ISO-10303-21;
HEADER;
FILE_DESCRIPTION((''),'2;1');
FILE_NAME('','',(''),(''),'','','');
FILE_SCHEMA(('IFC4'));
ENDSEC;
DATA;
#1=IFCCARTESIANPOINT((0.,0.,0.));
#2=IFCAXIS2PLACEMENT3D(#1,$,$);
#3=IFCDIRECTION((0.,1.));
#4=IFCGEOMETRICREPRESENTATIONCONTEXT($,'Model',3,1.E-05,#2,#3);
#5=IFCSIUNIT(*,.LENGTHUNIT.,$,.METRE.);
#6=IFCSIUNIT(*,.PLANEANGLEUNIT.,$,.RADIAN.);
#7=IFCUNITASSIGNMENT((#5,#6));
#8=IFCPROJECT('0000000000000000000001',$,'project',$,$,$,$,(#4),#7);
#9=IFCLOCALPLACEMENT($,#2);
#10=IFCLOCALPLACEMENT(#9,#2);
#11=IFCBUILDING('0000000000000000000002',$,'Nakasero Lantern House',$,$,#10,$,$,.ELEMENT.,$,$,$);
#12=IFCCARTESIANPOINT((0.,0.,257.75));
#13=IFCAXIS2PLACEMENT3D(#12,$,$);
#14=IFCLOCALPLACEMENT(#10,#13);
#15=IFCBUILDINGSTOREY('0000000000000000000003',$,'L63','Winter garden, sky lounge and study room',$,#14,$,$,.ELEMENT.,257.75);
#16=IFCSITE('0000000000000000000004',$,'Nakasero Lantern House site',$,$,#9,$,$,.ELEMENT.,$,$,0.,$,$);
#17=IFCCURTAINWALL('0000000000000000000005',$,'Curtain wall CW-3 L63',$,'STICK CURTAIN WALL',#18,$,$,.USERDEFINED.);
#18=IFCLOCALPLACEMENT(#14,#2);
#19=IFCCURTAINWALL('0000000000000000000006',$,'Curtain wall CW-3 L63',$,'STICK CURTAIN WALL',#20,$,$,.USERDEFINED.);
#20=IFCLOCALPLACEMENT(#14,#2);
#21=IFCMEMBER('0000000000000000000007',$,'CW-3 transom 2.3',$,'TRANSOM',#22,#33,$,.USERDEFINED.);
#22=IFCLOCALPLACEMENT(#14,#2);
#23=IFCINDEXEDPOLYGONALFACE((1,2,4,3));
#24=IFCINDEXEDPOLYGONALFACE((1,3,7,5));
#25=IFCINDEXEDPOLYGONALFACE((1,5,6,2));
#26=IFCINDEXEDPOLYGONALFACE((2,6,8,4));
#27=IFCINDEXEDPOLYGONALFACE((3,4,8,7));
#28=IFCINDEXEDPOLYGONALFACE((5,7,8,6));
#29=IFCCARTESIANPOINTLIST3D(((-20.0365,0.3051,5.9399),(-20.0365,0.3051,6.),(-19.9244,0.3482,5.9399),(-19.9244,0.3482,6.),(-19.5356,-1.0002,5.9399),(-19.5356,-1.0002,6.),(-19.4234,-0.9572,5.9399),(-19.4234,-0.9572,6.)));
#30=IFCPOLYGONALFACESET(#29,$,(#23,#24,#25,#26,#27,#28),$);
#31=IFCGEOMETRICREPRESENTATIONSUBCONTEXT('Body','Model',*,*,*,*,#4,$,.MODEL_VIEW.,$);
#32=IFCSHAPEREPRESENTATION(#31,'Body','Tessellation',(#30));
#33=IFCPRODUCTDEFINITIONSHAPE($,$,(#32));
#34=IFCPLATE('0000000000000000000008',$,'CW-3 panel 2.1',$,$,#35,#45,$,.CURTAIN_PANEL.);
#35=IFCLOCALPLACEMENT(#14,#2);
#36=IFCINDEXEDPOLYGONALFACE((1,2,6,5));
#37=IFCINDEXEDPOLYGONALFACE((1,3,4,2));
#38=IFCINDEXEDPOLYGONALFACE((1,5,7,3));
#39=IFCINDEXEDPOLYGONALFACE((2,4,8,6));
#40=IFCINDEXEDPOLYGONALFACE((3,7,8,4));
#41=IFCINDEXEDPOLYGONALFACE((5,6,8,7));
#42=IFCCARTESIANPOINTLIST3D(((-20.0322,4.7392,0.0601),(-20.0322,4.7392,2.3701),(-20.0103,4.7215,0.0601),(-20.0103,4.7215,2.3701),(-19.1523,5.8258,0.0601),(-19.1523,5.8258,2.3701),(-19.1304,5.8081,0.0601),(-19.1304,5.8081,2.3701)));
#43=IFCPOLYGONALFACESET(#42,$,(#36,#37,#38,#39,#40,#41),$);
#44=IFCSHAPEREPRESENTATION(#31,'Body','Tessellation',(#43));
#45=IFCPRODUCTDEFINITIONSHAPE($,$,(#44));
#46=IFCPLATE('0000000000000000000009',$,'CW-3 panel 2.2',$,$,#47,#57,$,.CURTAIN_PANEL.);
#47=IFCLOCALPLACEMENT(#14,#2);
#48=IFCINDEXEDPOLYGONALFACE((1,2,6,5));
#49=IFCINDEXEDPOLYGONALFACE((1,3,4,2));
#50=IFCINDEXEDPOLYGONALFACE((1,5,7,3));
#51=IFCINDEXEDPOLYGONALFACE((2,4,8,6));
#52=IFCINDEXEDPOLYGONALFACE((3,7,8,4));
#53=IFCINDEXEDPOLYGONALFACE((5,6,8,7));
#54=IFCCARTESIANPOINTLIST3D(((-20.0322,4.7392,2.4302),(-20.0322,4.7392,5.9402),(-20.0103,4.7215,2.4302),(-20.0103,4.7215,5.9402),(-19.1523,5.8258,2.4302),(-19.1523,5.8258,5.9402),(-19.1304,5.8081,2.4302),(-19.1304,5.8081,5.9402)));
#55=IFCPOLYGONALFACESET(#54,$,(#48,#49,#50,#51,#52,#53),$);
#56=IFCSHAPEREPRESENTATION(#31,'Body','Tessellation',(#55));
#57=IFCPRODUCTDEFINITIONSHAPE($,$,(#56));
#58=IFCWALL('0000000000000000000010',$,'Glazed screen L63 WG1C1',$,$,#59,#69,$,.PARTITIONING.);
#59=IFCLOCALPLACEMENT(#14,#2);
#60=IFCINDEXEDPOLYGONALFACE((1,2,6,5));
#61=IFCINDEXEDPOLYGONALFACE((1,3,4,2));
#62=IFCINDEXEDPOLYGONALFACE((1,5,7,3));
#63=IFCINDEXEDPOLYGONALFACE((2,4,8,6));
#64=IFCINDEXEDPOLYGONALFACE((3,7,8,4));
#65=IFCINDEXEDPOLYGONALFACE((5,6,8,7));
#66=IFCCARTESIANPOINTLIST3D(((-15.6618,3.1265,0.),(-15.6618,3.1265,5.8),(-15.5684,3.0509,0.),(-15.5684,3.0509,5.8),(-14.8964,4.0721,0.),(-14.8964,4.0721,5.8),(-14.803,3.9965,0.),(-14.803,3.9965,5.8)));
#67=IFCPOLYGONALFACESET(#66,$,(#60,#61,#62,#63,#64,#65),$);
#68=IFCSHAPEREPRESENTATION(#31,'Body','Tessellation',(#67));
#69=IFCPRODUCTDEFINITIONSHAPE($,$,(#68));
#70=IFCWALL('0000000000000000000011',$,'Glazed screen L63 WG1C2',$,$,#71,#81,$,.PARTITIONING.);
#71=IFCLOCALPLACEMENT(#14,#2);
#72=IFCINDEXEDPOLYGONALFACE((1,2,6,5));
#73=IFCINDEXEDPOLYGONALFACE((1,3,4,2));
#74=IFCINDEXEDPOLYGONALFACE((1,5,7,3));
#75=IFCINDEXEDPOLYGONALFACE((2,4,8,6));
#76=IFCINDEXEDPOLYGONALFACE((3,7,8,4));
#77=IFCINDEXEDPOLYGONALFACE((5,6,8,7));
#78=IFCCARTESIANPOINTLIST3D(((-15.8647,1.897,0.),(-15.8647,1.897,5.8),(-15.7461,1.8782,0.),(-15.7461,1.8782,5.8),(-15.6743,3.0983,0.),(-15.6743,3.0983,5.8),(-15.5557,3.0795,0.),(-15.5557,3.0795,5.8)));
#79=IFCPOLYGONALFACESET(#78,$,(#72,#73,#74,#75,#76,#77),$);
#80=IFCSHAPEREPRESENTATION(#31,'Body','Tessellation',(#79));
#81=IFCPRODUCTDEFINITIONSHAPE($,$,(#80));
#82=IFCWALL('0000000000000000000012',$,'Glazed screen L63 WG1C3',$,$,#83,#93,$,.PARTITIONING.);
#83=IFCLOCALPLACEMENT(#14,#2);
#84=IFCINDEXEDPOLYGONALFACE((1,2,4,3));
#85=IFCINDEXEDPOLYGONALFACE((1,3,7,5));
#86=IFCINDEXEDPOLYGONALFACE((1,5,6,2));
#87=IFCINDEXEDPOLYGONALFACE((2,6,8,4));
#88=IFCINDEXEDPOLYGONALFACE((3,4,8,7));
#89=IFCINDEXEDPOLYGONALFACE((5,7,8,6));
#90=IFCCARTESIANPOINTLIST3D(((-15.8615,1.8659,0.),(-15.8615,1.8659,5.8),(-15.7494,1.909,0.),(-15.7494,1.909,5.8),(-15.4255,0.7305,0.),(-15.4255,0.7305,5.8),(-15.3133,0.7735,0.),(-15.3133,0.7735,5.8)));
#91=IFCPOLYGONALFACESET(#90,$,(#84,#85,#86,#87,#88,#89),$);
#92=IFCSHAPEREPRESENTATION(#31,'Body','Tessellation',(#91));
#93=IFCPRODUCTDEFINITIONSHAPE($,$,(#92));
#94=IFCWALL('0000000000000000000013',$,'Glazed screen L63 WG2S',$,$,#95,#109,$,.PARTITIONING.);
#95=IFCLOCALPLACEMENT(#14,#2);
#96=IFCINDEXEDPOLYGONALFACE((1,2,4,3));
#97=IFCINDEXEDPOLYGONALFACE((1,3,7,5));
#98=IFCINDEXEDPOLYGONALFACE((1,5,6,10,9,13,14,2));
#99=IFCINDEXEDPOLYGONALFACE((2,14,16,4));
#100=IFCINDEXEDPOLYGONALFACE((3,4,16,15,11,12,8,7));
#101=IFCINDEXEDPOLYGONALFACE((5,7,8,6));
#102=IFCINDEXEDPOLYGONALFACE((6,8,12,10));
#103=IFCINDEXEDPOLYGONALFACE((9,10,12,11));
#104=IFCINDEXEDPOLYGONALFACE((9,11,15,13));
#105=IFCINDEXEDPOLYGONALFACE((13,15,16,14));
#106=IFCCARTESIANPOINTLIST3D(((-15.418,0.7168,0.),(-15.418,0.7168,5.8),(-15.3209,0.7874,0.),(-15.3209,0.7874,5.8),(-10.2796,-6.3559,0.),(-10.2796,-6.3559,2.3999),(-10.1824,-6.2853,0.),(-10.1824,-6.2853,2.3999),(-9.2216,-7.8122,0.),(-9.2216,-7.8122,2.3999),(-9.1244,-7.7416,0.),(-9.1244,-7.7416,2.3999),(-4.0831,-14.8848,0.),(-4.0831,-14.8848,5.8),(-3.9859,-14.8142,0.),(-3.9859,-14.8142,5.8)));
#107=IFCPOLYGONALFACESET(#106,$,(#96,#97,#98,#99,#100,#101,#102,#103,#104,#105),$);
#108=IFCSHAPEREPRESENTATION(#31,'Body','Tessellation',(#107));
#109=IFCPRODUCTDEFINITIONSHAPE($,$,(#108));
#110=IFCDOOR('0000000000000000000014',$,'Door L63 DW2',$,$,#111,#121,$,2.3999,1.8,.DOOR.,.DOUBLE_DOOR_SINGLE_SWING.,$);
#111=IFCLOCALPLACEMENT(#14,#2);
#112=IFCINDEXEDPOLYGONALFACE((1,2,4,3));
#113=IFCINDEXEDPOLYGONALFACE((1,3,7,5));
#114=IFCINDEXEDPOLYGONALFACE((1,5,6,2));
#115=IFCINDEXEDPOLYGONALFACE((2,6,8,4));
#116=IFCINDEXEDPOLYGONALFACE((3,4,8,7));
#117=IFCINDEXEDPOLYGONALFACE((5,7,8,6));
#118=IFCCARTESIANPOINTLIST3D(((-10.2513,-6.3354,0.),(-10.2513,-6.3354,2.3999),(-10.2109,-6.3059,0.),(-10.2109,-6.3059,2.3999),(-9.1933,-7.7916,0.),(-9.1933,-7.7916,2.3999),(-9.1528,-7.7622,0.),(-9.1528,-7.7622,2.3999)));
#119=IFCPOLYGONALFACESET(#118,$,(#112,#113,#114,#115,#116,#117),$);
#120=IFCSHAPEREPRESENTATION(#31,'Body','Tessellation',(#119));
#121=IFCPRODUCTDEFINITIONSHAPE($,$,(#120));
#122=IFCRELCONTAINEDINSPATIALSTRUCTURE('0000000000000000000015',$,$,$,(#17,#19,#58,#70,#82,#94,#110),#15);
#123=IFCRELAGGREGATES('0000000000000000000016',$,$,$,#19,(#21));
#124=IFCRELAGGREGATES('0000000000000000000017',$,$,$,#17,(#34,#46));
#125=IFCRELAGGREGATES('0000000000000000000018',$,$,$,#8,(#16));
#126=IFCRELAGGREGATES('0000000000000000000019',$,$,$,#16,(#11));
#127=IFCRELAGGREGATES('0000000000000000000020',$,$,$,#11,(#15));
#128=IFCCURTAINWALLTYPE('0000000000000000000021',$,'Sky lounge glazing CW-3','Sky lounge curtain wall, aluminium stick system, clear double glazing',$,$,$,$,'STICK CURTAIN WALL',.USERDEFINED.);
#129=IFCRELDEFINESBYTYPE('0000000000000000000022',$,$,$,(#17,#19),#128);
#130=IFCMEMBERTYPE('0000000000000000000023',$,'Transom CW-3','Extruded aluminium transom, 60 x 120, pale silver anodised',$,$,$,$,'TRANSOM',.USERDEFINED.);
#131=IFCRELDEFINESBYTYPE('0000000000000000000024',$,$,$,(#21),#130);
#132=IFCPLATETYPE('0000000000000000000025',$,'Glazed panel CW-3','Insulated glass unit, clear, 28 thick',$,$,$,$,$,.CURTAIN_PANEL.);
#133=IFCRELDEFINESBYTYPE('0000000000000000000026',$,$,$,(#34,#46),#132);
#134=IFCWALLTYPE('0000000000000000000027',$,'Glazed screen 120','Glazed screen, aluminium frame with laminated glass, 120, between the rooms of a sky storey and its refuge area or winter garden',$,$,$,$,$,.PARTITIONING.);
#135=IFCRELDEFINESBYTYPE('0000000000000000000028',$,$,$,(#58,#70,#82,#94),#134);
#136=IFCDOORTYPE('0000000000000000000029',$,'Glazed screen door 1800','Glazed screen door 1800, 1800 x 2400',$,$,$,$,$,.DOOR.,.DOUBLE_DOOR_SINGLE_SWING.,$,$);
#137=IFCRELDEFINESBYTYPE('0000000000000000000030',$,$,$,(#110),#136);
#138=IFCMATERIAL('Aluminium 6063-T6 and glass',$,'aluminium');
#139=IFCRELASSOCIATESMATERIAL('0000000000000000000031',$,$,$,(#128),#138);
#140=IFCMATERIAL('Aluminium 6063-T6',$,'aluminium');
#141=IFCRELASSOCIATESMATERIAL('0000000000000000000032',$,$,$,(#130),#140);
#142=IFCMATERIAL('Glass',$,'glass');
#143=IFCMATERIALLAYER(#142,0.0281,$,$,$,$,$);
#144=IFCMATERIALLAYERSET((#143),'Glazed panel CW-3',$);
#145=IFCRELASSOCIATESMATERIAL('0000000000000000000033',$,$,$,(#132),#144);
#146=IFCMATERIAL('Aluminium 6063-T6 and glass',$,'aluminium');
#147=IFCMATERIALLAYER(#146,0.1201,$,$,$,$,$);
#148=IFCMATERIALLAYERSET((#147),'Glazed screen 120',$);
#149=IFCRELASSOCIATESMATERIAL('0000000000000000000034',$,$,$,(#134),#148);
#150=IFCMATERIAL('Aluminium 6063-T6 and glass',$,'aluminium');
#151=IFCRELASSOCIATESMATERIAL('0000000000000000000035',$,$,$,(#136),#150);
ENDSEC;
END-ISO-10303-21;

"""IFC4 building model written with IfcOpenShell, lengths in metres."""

from ifc_helpers import new_model, si_unit, direction, frame, frame_2d, origin, origin_2d, place, context, subcontext, project, spatial, rectangle, extrude, material, layer, layer_set, material_profile, profile_set, type_object, element, fill, aggregate, save


model = new_model("IFC4")

# Units and contexts
model_context = context("Model", 3, precision=1e-05, world=origin(), true_north=direction((0.0, 1.0)))
body_context = subcontext(model_context, "Body", "Model", "MODEL_VIEW")
ifc_project = project(units=[si_unit("LENGTHUNIT", "METRE"), si_unit("PLANEANGLEUNIT", "RADIAN")], contexts=[model_context])

# Site, building, storey
site_placement = place(None, origin())
site = spatial("IfcSite", under=ifc_project, at=site_placement, Name="Nakasero Lantern House site", CompositionType="ELEMENT", RefElevation=0.0)
building_placement = place(site_placement, origin())
building = spatial("IfcBuilding", under=site, at=building_placement, Name="Nakasero Lantern House", CompositionType="ELEMENT")
storey_placement = place(building_placement, frame((0.0, 0.0, 257.75)))
storey = spatial("IfcBuildingStorey", under=building, at=storey_placement, Name="L63", Description="Winter garden, sky lounge and study room", CompositionType="ELEMENT", Elevation=257.75)

# Curtain wall
ifc_material_1 = material(Name="Aluminium 6063-T6 and glass", Category="aluminium")
curtain_wall_type = type_object("IfcCurtainWallType", Name="Sky lounge glazing CW-3", Description="Sky lounge curtain wall, aluminium stick system, clear double glazing", ElementType="STICK CURTAIN WALL", PredefinedType="USERDEFINED", material=ifc_material_1)
curtain_wall_1_placement = place(storey_placement, origin())
curtain_wall_1 = element("IfcCurtainWall", 1, at=curtain_wall_1_placement, inside=storey, type_object=curtain_wall_type, Name="Curtain wall CW-3 L63", ObjectType="STICK CURTAIN WALL", PredefinedType="USERDEFINED")

# Curtain wall
curtain_wall_2_placement = place(storey_placement, origin())
curtain_wall_2 = element("IfcCurtainWall", 2, at=curtain_wall_2_placement, inside=storey, type_object=curtain_wall_type, Name="Curtain wall CW-3 L63", ObjectType="STICK CURTAIN WALL", PredefinedType="USERDEFINED")

# Member
ifc_material_2 = material(Name="Aluminium 6063-T6", Category="aluminium")
ifc_material_profile_1 = material_profile(ifc_material_2, rectangle(XDim=0.0601, YDim=0.1201, at=origin_2d()), Name="CW-3 transom 60x120")
ifc_profile_set_1 = profile_set([ifc_material_profile_1], Name="Aluminium 6063-T6")
member_type_1 = type_object("IfcMemberType", Name="Transom CW-3", Description="Extruded aluminium transom, 60 x 120, pale silver anodised", ElementType="TRANSOM", PredefinedType="USERDEFINED", material=ifc_profile_set_1)
member_1_placement = place(storey_placement, frame((-19.9805, 0.3267, 5.97), z_axis=(0.358289, -0.933611, 0.0), x_axis=(0.0, 0.0, 1.0)))
member_1 = element("IfcMember", 3, at=member_1_placement, type_object=member_type_1, Name="CW-3 transom 2.3", ObjectType="TRANSOM", PredefinedType="USERDEFINED", context=body_context, shape_type="SweptSolid", body=[
    extrude(rectangle(XDim=0.0601, YDim=0.1201, at=origin_2d()), origin(), (0.0, 0.0, 1.0), 1.3982),
])
aggregate(curtain_wall_2, [member_1])

# Plates
ifc_material_3 = material(Name="Glass", Category="glass")
ifc_layer_1 = layer(ifc_material_3, 0.0281)
ifc_layer_set_1 = layer_set([ifc_layer_1], Name="Glazed panel CW-3")
plate_type = type_object("IfcPlateType", Name="Glazed panel CW-3", Description="Insulated glass unit, clear, 28 thick", PredefinedType="CURTAIN_PANEL", material=ifc_layer_set_1)
plate_1_placement = place(storey_placement, frame((-19.5813, 5.2737, 0.0601), z_axis=(0.0, 0.0, 1.0), x_axis=(-0.62932, -0.777146, 0.0)))
plate_1 = element("IfcPlate", 4, at=plate_1_placement, type_object=plate_type, Name="CW-3 panel 2.1", PredefinedType="CURTAIN_PANEL", context=body_context, shape_type="SweptSolid", body=[
    extrude(rectangle(XDim=1.3982, YDim=0.0281, at=origin_2d()), origin(), (0.0, 0.0, 1.0), 2.3101),
])
plate_2_placement = place(storey_placement, frame((-19.5813, 5.2737, 2.4302), z_axis=(0.0, 0.0, 1.0), x_axis=(-0.62932, -0.777146, 0.0)))
plate_2 = element("IfcPlate", 5, at=plate_2_placement, type_object=plate_type, Name="CW-3 panel 2.2", PredefinedType="CURTAIN_PANEL", context=body_context, shape_type="SweptSolid", body=[
    extrude(rectangle(XDim=1.3982, YDim=0.0281, at=origin_2d()), origin(), (0.0, 0.0, 1.0), 3.51),
])
aggregate(curtain_wall_1, [plate_1, plate_2])

# Walls
ifc_material_4 = material(Name="Aluminium 6063-T6 and glass", Category="aluminium")
ifc_layer_2 = layer(ifc_material_4, 0.1201)
ifc_layer_set_2 = layer_set([ifc_layer_2], Name="Glazed screen 120")
wall_type = type_object("IfcWallType", Name="Glazed screen 120", Description="Glazed screen, aluminium frame with laminated glass, 120, between the rooms of a sky storey and its refuge area or winter garden", PredefinedType="PARTITIONING", material=ifc_layer_set_2)
wall_1_placement = place(storey_placement, frame((-14.8496, 4.0344, 0.0), z_axis=(0.0, 0.0, 1.0), x_axis=(-0.629164, -0.777273, 0.0)))
element("IfcWall", 6, at=wall_1_placement, inside=storey, type_object=wall_type, Name="Glazed screen L63 WG1C1", PredefinedType="PARTITIONING", context=body_context, shape_type="SweptSolid", body=[
    extrude(rectangle(XDim=1.2166, YDim=0.1201, at=frame_2d((0.6084, 0.0))), origin(), (0.0, 0.0, 1.0), 5.8),
])
for number, where, z_axis, x_axis, name in (
    (7, (-15.615, 3.0889, 0.0), (0.0, 0.0, 1.0), (-0.15655, -0.98767, 0.0), "Glazed screen L63 WG1C2"),
    (8, (-15.8054, 1.8875, 0.0), (0.0, 0.0, 1.0), (0.358481, -0.933537, 0.0), "Glazed screen L63 WG1C3"),
):
    element("IfcWall", number, at=place(storey_placement, frame(where, z_axis=z_axis, x_axis=x_axis)), inside=storey, type_object=wall_type, Name=name, PredefinedType="PARTITIONING", context=body_context, shape_type="SweptSolid", body=[
        extrude(rectangle(XDim=1.2163, YDim=0.1201, at=frame_2d((0.6082, 0.0))), origin(), (0.0, 0.0, 1.0), 5.8),
    ])

# Wall, opening, door
wall_2_placement = place(storey_placement, frame((-15.3694, 0.752, 0.0), z_axis=(0.0, 0.0, 1.0), x_axis=(0.587777, -0.809023, 0.0)))
wall_2 = element("IfcWall", 9, at=wall_2_placement, inside=storey, type_object=wall_type, Name="Glazed screen L63 WG2S", PredefinedType="PARTITIONING", context=body_context, shape_type="SweptSolid", body=[
    extrude(rectangle(XDim=19.2844, YDim=0.1201, at=frame_2d((9.6421, 0.0))), origin(), (0.0, 0.0, 1.0), 5.8),
])
opening_placement = place(wall_2_placement, frame((8.7422, 0.0, 0.0)))
opening = element("IfcOpeningElement", 10, at=opening_placement, cuts=wall_2, PredefinedType="OPENING", context=body_context, shape_type="SweptSolid", body=[
    extrude(rectangle(XDim=1.8, YDim=2.3999, at=frame_2d((0.8999, 1.2))), frame((0.0, 0.0801, 0.0), z_axis=(0.0, -1.0, 0.0), x_axis=(1.0, 0.0, 0.0)), (0.0, 0.0, 1.0), 0.1602),
])
ifc_material_5 = material(Name="Aluminium 6063-T6 and glass", Category="aluminium")
door_type = type_object("IfcDoorType", Name="Glazed screen door 1800", Description="Glazed screen door 1800, 1800 x 2400", OperationType="DOUBLE_DOOR_SINGLE_SWING", PredefinedType="DOOR", material=ifc_material_5)
door_placement = place(opening_placement, origin())
door = element("IfcDoor", 11, at=door_placement, inside=storey, type_object=door_type, Name="Door L63 DW2", OperationType="DOUBLE_DOOR_SINGLE_SWING", OverallHeight=2.3999, OverallWidth=1.8, PredefinedType="DOOR", context=body_context, shape_type="SweptSolid", body=[
    extrude(rectangle(XDim=1.8, YDim=2.3999, at=frame_2d((0.8999, 1.2))), frame((0.0, 0.0249, 0.0), z_axis=(0.0, -1.0, 0.0), x_axis=(1.0, 0.0, 0.0)), (0.0, 0.0, 1.0), 0.05),
])
fill(opening, door)

save(model, "model.ifc")
